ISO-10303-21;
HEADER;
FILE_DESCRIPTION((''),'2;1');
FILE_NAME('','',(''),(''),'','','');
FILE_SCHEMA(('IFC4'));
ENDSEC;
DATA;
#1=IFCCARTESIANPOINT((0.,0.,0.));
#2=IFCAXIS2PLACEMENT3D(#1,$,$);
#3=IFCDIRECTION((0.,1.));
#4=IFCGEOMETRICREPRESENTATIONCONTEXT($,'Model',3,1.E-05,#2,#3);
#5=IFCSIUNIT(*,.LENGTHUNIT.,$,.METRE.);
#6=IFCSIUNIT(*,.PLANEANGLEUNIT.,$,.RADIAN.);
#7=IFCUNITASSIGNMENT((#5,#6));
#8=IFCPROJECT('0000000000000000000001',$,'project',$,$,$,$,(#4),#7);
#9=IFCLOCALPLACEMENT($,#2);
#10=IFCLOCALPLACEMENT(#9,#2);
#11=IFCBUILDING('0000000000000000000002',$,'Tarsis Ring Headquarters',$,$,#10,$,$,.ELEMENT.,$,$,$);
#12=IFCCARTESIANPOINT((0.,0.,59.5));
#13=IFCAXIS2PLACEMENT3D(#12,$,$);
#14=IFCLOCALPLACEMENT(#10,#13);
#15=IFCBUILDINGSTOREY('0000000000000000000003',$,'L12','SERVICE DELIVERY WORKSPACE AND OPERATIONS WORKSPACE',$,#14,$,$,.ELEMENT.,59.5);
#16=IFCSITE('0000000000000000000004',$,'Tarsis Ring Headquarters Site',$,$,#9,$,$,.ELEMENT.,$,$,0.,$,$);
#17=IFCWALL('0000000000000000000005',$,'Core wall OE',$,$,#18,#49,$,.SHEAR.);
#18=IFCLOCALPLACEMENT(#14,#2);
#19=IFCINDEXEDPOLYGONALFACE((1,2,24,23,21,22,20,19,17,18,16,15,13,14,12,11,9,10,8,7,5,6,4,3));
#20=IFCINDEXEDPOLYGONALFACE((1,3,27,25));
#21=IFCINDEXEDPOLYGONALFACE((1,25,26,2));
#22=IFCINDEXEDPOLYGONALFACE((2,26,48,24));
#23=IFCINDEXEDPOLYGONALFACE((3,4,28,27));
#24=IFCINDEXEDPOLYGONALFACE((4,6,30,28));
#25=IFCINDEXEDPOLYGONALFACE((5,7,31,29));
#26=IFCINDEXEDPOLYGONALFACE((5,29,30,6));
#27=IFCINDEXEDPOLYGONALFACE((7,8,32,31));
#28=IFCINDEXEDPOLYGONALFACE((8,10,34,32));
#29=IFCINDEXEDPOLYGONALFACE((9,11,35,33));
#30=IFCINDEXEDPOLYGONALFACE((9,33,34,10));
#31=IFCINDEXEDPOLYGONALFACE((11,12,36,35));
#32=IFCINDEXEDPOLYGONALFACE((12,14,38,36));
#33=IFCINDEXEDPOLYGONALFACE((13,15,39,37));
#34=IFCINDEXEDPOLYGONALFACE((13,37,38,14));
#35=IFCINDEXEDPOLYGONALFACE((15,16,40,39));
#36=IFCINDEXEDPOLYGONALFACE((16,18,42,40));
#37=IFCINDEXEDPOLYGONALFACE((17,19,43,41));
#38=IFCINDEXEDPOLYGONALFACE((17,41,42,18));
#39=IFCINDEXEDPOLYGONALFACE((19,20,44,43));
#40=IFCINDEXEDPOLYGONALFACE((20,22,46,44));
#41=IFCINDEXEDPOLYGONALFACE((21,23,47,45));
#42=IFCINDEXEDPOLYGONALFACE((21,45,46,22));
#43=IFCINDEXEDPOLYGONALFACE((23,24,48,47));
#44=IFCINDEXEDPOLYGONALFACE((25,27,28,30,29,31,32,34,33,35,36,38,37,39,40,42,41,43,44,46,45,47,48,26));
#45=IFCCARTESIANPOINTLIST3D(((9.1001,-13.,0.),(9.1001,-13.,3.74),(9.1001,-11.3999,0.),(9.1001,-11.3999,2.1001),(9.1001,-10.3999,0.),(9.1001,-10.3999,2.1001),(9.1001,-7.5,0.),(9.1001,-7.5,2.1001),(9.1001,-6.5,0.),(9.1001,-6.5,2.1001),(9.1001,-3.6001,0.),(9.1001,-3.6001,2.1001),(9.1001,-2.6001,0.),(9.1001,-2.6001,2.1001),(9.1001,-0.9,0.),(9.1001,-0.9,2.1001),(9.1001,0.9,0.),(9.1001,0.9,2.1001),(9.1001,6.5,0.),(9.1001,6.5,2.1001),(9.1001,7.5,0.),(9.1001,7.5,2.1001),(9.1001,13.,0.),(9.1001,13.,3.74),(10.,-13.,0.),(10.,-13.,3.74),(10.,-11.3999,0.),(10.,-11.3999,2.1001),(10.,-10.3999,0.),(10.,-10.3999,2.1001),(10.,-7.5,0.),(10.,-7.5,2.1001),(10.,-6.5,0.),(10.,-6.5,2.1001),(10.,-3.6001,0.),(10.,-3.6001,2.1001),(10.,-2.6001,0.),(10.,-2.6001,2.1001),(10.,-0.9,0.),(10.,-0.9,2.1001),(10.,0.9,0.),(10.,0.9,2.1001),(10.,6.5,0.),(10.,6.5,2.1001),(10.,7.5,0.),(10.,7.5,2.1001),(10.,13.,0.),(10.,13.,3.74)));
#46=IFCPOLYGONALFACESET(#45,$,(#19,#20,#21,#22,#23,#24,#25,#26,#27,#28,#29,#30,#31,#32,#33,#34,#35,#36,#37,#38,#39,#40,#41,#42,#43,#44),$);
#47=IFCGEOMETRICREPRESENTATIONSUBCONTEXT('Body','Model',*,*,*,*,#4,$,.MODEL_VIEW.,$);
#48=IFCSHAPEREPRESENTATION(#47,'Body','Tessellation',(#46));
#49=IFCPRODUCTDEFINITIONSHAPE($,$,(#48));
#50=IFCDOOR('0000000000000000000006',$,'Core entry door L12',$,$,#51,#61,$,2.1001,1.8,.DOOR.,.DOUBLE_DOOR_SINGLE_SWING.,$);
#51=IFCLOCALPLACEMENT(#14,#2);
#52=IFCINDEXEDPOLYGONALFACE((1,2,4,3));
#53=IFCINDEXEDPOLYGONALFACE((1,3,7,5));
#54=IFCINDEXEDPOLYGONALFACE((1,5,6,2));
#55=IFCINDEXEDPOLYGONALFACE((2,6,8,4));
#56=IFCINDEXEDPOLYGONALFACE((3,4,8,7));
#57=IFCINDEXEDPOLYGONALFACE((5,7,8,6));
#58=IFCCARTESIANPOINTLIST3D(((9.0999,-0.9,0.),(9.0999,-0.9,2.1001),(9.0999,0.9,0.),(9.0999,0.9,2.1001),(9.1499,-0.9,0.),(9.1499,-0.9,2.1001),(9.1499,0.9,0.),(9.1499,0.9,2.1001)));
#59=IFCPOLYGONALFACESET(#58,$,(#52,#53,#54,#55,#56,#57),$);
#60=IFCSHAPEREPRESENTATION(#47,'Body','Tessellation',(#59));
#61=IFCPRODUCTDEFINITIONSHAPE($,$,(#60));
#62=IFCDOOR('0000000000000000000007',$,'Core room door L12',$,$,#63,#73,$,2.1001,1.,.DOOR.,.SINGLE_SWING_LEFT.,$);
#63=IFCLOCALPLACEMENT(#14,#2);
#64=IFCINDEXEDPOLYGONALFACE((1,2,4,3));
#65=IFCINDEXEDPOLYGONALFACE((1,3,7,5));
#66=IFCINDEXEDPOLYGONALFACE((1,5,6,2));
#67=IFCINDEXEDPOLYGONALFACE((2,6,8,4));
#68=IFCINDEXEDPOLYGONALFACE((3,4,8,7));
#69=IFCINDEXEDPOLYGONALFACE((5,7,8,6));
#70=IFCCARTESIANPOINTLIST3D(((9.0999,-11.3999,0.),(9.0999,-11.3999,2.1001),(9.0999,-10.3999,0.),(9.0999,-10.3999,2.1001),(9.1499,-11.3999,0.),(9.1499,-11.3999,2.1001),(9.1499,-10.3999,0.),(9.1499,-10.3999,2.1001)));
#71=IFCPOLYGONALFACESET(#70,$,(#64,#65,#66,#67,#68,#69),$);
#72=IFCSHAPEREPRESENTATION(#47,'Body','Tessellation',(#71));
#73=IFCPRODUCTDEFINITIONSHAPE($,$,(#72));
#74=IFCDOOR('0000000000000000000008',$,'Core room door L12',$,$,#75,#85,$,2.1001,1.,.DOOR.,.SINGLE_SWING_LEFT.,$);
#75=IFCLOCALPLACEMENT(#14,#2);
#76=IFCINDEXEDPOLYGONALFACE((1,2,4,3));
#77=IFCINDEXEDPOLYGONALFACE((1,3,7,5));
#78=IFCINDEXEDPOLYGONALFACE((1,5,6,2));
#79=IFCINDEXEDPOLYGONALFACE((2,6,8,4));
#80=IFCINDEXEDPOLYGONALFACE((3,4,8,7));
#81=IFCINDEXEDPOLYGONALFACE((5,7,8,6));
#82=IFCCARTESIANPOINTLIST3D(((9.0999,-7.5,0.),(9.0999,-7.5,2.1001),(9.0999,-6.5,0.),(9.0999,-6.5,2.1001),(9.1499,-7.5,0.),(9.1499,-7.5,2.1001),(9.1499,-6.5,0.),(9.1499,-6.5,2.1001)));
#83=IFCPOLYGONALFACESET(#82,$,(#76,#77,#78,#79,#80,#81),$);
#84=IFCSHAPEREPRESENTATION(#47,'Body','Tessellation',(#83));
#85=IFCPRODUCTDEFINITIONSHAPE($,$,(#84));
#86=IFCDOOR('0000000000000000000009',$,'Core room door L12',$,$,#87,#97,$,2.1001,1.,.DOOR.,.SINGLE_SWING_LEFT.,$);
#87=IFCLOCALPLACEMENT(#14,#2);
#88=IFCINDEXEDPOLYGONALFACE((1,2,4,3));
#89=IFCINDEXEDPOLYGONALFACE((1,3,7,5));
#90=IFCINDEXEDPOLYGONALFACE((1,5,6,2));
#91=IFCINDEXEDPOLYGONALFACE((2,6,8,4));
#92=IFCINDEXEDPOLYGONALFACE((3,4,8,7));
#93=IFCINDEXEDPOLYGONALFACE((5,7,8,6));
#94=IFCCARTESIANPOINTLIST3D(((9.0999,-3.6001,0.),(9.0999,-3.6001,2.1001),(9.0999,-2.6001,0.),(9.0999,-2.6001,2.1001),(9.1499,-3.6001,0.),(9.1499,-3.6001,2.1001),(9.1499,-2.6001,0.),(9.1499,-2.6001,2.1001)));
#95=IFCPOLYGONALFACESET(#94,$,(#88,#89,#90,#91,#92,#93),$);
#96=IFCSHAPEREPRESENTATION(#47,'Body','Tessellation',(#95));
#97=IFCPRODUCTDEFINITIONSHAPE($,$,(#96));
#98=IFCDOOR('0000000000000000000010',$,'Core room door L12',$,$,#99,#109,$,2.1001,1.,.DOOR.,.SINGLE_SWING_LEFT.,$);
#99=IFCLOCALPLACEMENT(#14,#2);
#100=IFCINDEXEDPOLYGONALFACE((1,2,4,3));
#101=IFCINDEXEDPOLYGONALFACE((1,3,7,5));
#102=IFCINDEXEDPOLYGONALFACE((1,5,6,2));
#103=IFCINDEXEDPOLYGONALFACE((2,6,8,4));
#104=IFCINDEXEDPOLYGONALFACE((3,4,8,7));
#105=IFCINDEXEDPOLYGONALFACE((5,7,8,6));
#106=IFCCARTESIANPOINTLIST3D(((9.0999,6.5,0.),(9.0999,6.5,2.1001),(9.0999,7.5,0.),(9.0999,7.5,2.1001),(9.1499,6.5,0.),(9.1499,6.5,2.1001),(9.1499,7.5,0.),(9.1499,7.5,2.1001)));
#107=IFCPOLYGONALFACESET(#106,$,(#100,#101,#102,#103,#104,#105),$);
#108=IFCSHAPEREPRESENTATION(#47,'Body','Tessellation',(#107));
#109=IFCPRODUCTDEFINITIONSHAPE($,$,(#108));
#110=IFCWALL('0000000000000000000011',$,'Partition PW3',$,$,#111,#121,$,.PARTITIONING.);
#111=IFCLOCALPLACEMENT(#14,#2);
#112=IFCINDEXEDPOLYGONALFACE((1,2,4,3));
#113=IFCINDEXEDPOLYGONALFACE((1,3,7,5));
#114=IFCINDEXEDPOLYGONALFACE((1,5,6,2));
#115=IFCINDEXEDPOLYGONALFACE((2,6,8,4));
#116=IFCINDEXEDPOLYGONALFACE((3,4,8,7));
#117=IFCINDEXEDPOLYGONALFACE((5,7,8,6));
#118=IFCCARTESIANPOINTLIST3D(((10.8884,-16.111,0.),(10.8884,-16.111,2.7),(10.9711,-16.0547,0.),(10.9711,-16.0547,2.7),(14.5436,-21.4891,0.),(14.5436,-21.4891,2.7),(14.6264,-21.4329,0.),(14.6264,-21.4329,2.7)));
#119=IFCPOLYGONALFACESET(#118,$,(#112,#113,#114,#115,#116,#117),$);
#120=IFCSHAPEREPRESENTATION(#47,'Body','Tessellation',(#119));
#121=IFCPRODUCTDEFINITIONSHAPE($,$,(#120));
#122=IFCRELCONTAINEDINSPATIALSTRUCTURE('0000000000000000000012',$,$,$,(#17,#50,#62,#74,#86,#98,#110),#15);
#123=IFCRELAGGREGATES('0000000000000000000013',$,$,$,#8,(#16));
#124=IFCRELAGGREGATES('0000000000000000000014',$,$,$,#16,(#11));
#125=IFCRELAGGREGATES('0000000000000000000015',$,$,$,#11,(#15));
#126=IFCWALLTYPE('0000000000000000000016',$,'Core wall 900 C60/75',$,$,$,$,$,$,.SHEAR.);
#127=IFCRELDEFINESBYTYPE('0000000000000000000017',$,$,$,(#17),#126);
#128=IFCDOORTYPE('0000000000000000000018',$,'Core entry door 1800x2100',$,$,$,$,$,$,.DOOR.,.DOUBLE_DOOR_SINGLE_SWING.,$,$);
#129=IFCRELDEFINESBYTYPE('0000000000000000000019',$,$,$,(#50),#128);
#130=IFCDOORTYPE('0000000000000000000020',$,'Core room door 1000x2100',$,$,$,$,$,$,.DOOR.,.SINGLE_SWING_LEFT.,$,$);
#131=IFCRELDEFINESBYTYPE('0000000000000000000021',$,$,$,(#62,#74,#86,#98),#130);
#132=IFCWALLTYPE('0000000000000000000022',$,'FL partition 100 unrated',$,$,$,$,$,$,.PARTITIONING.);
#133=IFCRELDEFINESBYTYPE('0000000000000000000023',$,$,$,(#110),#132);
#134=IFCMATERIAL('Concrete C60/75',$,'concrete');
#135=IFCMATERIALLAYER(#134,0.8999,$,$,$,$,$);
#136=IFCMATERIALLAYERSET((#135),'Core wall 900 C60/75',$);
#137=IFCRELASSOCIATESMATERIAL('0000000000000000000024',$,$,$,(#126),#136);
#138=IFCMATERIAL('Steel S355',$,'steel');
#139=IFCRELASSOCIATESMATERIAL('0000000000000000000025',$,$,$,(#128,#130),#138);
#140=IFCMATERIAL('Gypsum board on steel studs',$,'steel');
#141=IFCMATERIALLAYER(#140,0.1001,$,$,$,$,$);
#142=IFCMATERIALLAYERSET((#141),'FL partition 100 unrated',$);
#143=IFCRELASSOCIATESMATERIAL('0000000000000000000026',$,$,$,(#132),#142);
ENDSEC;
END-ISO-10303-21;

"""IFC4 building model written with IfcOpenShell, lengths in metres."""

from ifc_helpers import new_model, si_unit, direction, frame, frame_2d, origin, place, context, subcontext, project, spatial, rectangle, extrude, material, layer, layer_set, type_object, element, fill, save


model = new_model("IFC4")

# Units and contexts
model_context = context("Model", 3, precision=1e-05, world=origin(), true_north=direction((0.0, 1.0)))
body_context = subcontext(model_context, "Body", "Model", "MODEL_VIEW")
ifc_project = project(units=[si_unit("LENGTHUNIT", "METRE"), si_unit("PLANEANGLEUNIT", "RADIAN")], contexts=[model_context])

# Site, building, storey
site_placement = place(None, origin())
site = spatial("IfcSite", under=ifc_project, at=site_placement, Name="Tarsis Ring Headquarters Site", CompositionType="ELEMENT", RefElevation=0.0)
building_placement = place(site_placement, origin())
building = spatial("IfcBuilding", under=site, at=building_placement, Name="Tarsis Ring Headquarters", CompositionType="ELEMENT")
storey_placement = place(building_placement, frame((0.0, 0.0, 59.5)))
storey = spatial("IfcBuildingStorey", under=building, at=storey_placement, Name="L12", Description="SERVICE DELIVERY WORKSPACE AND OPERATIONS WORKSPACE", CompositionType="ELEMENT", Elevation=59.5)

# Wall, openings, doors
ifc_material_1 = material(Name="Concrete C60/75", Category="concrete")
ifc_layer_1 = layer(ifc_material_1, 0.8999)
ifc_layer_set_1 = layer_set([ifc_layer_1], Name="Core wall 900 C60/75")
wall_type_1 = type_object("IfcWallType", Name="Core wall 900 C60/75", PredefinedType="SHEAR", material=ifc_layer_set_1)
wall_1_placement = place(storey_placement, frame((9.55, -13.0, 0.0), z_axis=(0.0, 0.0, 1.0), x_axis=(0.0, 1.0, 0.0)))
wall_1 = element("IfcWall", 1, at=wall_1_placement, inside=storey, type_object=wall_type_1, Name="Core wall OE", PredefinedType="SHEAR", context=body_context, shape_type="SweptSolid", body=[
    extrude(rectangle(XDim=26.0, YDim=0.8999, at=frame_2d((13.0, 0.0))), origin(), (0.0, 0.0, 1.0), 3.74),
])
opening_1_placement = place(wall_1_placement, frame((1.6001, 0.0, 0.0)))
opening_1 = element("IfcOpeningElement", 2, at=opening_1_placement, cuts=wall_1, PredefinedType="OPENING", context=body_context, shape_type="SweptSolid", body=[
    extrude(rectangle(XDim=1.0, YDim=2.1001, at=frame_2d((0.5, 1.05))), frame((0.0, 0.46, 0.0), z_axis=(0.0, -1.0, 0.0), x_axis=(1.0, 0.0, 0.0)), (0.0, 0.0, 1.0), 0.9199),
])
opening_2_placement = place(wall_1_placement, frame((5.5, 0.0, 0.0)))
opening_2 = element("IfcOpeningElement", 3, at=opening_2_placement, cuts=wall_1, PredefinedType="OPENING", context=body_context, shape_type="SweptSolid", body=[
    extrude(rectangle(XDim=1.0, YDim=2.1001, at=frame_2d((0.5, 1.05))), frame((0.0, 0.46, 0.0), z_axis=(0.0, -1.0, 0.0), x_axis=(1.0, 0.0, 0.0)), (0.0, 0.0, 1.0), 0.9199),
])
opening_3_placement = place(wall_1_placement, frame((9.3999, 0.0, 0.0)))
opening_3 = element("IfcOpeningElement", 4, at=opening_3_placement, cuts=wall_1, PredefinedType="OPENING", context=body_context, shape_type="SweptSolid", body=[
    extrude(rectangle(XDim=1.0, YDim=2.1001, at=frame_2d((0.5, 1.05))), frame((0.0, 0.46, 0.0), z_axis=(0.0, -1.0, 0.0), x_axis=(1.0, 0.0, 0.0)), (0.0, 0.0, 1.0), 0.9199),
])
opening_4_placement = place(wall_1_placement, frame((12.1001, 0.0, 0.0)))
opening_4 = element("IfcOpeningElement", 5, at=opening_4_placement, cuts=wall_1, PredefinedType="OPENING", context=body_context, shape_type="SweptSolid", body=[
    extrude(rectangle(XDim=1.8, YDim=2.1001, at=frame_2d((0.8999, 1.05))), frame((0.0, 0.46, 0.0), z_axis=(0.0, -1.0, 0.0), x_axis=(1.0, 0.0, 0.0)), (0.0, 0.0, 1.0), 0.9199),
])
opening_5_placement = place(wall_1_placement, frame((19.5, 0.0, 0.0)))
opening_5 = element("IfcOpeningElement", 6, at=opening_5_placement, cuts=wall_1, PredefinedType="OPENING", context=body_context, shape_type="SweptSolid", body=[
    extrude(rectangle(XDim=1.0, YDim=2.1001, at=frame_2d((0.5, 1.05))), frame((0.0, 0.46, 0.0), z_axis=(0.0, -1.0, 0.0), x_axis=(1.0, 0.0, 0.0)), (0.0, 0.0, 1.0), 0.9199),
])
ifc_material_2 = material(Name="Steel S355", Category="steel")
door_type_1 = type_object("IfcDoorType", Name="Core entry door 1800x2100", OperationType="DOUBLE_DOOR_SINGLE_SWING", PredefinedType="DOOR", material=ifc_material_2)
door_1_placement = place(opening_4_placement, origin())
door_1 = element("IfcDoor", 7, at=door_1_placement, inside=storey, type_object=door_type_1, Name="Core entry door L12", OperationType="DOUBLE_DOOR_SINGLE_SWING", OverallHeight=2.1001, OverallWidth=1.8, PredefinedType="DOOR", context=body_context, shape_type="SweptSolid", body=[
    extrude(rectangle(XDim=1.8, YDim=2.1001, at=frame_2d((0.8999, 1.05))), frame((0.0, 0.4502, 0.0), z_axis=(0.0, -1.0, 0.0), x_axis=(1.0, 0.0, 0.0)), (0.0, 0.0, 1.0), 0.05),
])
fill(opening_4, door_1)
door_type_2 = type_object("IfcDoorType", Name="Core room door 1000x2100", OperationType="SINGLE_SWING_LEFT", PredefinedType="DOOR", material=ifc_material_2)
door_2_placement = place(opening_1_placement, origin())
door_2 = element("IfcDoor", 8, at=door_2_placement, inside=storey, type_object=door_type_2, Name="Core room door L12", OperationType="SINGLE_SWING_LEFT", OverallHeight=2.1001, OverallWidth=1.0, PredefinedType="DOOR", context=body_context, shape_type="SweptSolid", body=[
    extrude(rectangle(XDim=1.0, YDim=2.1001, at=frame_2d((0.5, 1.05))), frame((0.0, 0.4502, 0.0), z_axis=(0.0, -1.0, 0.0), x_axis=(1.0, 0.0, 0.0)), (0.0, 0.0, 1.0), 0.05),
])
fill(opening_1, door_2)
door_3_placement = place(opening_2_placement, origin())
door_3 = element("IfcDoor", 9, at=door_3_placement, inside=storey, type_object=door_type_2, Name="Core room door L12", OperationType="SINGLE_SWING_LEFT", OverallHeight=2.1001, OverallWidth=1.0, PredefinedType="DOOR", context=body_context, shape_type="SweptSolid", body=[
    extrude(rectangle(XDim=1.0, YDim=2.1001, at=frame_2d((0.5, 1.05))), frame((0.0, 0.4502, 0.0), z_axis=(0.0, -1.0, 0.0), x_axis=(1.0, 0.0, 0.0)), (0.0, 0.0, 1.0), 0.05),
])
fill(opening_2, door_3)
door_4_placement = place(opening_3_placement, origin())
door_4 = element("IfcDoor", 10, at=door_4_placement, inside=storey, type_object=door_type_2, Name="Core room door L12", OperationType="SINGLE_SWING_LEFT", OverallHeight=2.1001, OverallWidth=1.0, PredefinedType="DOOR", context=body_context, shape_type="SweptSolid", body=[
    extrude(rectangle(XDim=1.0, YDim=2.1001, at=frame_2d((0.5, 1.05))), frame((0.0, 0.4502, 0.0), z_axis=(0.0, -1.0, 0.0), x_axis=(1.0, 0.0, 0.0)), (0.0, 0.0, 1.0), 0.05),
])
fill(opening_3, door_4)
door_5_placement = place(opening_5_placement, origin())
door_5 = element("IfcDoor", 11, at=door_5_placement, inside=storey, type_object=door_type_2, Name="Core room door L12", OperationType="SINGLE_SWING_LEFT", OverallHeight=2.1001, OverallWidth=1.0, PredefinedType="DOOR", context=body_context, shape_type="SweptSolid", body=[
    extrude(rectangle(XDim=1.0, YDim=2.1001, at=frame_2d((0.5, 1.05))), frame((0.0, 0.4502, 0.0), z_axis=(0.0, -1.0, 0.0), x_axis=(1.0, 0.0, 0.0)), (0.0, 0.0, 1.0), 0.05),
])
fill(opening_5, door_5)

# Wall
ifc_material_3 = material(Name="Gypsum board on steel studs", Category="steel")
ifc_layer_2 = layer(ifc_material_3, 0.1001)
ifc_layer_set_2 = layer_set([ifc_layer_2], Name="FL partition 100 unrated")
wall_type_2 = type_object("IfcWallType", Name="FL partition 100 unrated", PredefinedType="PARTITIONING", material=ifc_layer_set_2)
wall_2_placement = place(storey_placement, frame((10.9297, -16.0828, 0.0), z_axis=(0.0, 0.0, 1.0), x_axis=(0.562112, -0.827061, 0.0)))
element("IfcWall", 12, at=wall_2_placement, inside=storey, type_object=wall_type_2, Name="Partition PW3", PredefinedType="PARTITIONING", context=body_context, shape_type="SweptSolid", body=[
    extrude(rectangle(XDim=6.5027, YDim=0.1001, at=frame_2d((3.2515, 0.0))), origin(), (0.0, 0.0, 1.0), 2.7),
])

save(model, "model.ifc")
